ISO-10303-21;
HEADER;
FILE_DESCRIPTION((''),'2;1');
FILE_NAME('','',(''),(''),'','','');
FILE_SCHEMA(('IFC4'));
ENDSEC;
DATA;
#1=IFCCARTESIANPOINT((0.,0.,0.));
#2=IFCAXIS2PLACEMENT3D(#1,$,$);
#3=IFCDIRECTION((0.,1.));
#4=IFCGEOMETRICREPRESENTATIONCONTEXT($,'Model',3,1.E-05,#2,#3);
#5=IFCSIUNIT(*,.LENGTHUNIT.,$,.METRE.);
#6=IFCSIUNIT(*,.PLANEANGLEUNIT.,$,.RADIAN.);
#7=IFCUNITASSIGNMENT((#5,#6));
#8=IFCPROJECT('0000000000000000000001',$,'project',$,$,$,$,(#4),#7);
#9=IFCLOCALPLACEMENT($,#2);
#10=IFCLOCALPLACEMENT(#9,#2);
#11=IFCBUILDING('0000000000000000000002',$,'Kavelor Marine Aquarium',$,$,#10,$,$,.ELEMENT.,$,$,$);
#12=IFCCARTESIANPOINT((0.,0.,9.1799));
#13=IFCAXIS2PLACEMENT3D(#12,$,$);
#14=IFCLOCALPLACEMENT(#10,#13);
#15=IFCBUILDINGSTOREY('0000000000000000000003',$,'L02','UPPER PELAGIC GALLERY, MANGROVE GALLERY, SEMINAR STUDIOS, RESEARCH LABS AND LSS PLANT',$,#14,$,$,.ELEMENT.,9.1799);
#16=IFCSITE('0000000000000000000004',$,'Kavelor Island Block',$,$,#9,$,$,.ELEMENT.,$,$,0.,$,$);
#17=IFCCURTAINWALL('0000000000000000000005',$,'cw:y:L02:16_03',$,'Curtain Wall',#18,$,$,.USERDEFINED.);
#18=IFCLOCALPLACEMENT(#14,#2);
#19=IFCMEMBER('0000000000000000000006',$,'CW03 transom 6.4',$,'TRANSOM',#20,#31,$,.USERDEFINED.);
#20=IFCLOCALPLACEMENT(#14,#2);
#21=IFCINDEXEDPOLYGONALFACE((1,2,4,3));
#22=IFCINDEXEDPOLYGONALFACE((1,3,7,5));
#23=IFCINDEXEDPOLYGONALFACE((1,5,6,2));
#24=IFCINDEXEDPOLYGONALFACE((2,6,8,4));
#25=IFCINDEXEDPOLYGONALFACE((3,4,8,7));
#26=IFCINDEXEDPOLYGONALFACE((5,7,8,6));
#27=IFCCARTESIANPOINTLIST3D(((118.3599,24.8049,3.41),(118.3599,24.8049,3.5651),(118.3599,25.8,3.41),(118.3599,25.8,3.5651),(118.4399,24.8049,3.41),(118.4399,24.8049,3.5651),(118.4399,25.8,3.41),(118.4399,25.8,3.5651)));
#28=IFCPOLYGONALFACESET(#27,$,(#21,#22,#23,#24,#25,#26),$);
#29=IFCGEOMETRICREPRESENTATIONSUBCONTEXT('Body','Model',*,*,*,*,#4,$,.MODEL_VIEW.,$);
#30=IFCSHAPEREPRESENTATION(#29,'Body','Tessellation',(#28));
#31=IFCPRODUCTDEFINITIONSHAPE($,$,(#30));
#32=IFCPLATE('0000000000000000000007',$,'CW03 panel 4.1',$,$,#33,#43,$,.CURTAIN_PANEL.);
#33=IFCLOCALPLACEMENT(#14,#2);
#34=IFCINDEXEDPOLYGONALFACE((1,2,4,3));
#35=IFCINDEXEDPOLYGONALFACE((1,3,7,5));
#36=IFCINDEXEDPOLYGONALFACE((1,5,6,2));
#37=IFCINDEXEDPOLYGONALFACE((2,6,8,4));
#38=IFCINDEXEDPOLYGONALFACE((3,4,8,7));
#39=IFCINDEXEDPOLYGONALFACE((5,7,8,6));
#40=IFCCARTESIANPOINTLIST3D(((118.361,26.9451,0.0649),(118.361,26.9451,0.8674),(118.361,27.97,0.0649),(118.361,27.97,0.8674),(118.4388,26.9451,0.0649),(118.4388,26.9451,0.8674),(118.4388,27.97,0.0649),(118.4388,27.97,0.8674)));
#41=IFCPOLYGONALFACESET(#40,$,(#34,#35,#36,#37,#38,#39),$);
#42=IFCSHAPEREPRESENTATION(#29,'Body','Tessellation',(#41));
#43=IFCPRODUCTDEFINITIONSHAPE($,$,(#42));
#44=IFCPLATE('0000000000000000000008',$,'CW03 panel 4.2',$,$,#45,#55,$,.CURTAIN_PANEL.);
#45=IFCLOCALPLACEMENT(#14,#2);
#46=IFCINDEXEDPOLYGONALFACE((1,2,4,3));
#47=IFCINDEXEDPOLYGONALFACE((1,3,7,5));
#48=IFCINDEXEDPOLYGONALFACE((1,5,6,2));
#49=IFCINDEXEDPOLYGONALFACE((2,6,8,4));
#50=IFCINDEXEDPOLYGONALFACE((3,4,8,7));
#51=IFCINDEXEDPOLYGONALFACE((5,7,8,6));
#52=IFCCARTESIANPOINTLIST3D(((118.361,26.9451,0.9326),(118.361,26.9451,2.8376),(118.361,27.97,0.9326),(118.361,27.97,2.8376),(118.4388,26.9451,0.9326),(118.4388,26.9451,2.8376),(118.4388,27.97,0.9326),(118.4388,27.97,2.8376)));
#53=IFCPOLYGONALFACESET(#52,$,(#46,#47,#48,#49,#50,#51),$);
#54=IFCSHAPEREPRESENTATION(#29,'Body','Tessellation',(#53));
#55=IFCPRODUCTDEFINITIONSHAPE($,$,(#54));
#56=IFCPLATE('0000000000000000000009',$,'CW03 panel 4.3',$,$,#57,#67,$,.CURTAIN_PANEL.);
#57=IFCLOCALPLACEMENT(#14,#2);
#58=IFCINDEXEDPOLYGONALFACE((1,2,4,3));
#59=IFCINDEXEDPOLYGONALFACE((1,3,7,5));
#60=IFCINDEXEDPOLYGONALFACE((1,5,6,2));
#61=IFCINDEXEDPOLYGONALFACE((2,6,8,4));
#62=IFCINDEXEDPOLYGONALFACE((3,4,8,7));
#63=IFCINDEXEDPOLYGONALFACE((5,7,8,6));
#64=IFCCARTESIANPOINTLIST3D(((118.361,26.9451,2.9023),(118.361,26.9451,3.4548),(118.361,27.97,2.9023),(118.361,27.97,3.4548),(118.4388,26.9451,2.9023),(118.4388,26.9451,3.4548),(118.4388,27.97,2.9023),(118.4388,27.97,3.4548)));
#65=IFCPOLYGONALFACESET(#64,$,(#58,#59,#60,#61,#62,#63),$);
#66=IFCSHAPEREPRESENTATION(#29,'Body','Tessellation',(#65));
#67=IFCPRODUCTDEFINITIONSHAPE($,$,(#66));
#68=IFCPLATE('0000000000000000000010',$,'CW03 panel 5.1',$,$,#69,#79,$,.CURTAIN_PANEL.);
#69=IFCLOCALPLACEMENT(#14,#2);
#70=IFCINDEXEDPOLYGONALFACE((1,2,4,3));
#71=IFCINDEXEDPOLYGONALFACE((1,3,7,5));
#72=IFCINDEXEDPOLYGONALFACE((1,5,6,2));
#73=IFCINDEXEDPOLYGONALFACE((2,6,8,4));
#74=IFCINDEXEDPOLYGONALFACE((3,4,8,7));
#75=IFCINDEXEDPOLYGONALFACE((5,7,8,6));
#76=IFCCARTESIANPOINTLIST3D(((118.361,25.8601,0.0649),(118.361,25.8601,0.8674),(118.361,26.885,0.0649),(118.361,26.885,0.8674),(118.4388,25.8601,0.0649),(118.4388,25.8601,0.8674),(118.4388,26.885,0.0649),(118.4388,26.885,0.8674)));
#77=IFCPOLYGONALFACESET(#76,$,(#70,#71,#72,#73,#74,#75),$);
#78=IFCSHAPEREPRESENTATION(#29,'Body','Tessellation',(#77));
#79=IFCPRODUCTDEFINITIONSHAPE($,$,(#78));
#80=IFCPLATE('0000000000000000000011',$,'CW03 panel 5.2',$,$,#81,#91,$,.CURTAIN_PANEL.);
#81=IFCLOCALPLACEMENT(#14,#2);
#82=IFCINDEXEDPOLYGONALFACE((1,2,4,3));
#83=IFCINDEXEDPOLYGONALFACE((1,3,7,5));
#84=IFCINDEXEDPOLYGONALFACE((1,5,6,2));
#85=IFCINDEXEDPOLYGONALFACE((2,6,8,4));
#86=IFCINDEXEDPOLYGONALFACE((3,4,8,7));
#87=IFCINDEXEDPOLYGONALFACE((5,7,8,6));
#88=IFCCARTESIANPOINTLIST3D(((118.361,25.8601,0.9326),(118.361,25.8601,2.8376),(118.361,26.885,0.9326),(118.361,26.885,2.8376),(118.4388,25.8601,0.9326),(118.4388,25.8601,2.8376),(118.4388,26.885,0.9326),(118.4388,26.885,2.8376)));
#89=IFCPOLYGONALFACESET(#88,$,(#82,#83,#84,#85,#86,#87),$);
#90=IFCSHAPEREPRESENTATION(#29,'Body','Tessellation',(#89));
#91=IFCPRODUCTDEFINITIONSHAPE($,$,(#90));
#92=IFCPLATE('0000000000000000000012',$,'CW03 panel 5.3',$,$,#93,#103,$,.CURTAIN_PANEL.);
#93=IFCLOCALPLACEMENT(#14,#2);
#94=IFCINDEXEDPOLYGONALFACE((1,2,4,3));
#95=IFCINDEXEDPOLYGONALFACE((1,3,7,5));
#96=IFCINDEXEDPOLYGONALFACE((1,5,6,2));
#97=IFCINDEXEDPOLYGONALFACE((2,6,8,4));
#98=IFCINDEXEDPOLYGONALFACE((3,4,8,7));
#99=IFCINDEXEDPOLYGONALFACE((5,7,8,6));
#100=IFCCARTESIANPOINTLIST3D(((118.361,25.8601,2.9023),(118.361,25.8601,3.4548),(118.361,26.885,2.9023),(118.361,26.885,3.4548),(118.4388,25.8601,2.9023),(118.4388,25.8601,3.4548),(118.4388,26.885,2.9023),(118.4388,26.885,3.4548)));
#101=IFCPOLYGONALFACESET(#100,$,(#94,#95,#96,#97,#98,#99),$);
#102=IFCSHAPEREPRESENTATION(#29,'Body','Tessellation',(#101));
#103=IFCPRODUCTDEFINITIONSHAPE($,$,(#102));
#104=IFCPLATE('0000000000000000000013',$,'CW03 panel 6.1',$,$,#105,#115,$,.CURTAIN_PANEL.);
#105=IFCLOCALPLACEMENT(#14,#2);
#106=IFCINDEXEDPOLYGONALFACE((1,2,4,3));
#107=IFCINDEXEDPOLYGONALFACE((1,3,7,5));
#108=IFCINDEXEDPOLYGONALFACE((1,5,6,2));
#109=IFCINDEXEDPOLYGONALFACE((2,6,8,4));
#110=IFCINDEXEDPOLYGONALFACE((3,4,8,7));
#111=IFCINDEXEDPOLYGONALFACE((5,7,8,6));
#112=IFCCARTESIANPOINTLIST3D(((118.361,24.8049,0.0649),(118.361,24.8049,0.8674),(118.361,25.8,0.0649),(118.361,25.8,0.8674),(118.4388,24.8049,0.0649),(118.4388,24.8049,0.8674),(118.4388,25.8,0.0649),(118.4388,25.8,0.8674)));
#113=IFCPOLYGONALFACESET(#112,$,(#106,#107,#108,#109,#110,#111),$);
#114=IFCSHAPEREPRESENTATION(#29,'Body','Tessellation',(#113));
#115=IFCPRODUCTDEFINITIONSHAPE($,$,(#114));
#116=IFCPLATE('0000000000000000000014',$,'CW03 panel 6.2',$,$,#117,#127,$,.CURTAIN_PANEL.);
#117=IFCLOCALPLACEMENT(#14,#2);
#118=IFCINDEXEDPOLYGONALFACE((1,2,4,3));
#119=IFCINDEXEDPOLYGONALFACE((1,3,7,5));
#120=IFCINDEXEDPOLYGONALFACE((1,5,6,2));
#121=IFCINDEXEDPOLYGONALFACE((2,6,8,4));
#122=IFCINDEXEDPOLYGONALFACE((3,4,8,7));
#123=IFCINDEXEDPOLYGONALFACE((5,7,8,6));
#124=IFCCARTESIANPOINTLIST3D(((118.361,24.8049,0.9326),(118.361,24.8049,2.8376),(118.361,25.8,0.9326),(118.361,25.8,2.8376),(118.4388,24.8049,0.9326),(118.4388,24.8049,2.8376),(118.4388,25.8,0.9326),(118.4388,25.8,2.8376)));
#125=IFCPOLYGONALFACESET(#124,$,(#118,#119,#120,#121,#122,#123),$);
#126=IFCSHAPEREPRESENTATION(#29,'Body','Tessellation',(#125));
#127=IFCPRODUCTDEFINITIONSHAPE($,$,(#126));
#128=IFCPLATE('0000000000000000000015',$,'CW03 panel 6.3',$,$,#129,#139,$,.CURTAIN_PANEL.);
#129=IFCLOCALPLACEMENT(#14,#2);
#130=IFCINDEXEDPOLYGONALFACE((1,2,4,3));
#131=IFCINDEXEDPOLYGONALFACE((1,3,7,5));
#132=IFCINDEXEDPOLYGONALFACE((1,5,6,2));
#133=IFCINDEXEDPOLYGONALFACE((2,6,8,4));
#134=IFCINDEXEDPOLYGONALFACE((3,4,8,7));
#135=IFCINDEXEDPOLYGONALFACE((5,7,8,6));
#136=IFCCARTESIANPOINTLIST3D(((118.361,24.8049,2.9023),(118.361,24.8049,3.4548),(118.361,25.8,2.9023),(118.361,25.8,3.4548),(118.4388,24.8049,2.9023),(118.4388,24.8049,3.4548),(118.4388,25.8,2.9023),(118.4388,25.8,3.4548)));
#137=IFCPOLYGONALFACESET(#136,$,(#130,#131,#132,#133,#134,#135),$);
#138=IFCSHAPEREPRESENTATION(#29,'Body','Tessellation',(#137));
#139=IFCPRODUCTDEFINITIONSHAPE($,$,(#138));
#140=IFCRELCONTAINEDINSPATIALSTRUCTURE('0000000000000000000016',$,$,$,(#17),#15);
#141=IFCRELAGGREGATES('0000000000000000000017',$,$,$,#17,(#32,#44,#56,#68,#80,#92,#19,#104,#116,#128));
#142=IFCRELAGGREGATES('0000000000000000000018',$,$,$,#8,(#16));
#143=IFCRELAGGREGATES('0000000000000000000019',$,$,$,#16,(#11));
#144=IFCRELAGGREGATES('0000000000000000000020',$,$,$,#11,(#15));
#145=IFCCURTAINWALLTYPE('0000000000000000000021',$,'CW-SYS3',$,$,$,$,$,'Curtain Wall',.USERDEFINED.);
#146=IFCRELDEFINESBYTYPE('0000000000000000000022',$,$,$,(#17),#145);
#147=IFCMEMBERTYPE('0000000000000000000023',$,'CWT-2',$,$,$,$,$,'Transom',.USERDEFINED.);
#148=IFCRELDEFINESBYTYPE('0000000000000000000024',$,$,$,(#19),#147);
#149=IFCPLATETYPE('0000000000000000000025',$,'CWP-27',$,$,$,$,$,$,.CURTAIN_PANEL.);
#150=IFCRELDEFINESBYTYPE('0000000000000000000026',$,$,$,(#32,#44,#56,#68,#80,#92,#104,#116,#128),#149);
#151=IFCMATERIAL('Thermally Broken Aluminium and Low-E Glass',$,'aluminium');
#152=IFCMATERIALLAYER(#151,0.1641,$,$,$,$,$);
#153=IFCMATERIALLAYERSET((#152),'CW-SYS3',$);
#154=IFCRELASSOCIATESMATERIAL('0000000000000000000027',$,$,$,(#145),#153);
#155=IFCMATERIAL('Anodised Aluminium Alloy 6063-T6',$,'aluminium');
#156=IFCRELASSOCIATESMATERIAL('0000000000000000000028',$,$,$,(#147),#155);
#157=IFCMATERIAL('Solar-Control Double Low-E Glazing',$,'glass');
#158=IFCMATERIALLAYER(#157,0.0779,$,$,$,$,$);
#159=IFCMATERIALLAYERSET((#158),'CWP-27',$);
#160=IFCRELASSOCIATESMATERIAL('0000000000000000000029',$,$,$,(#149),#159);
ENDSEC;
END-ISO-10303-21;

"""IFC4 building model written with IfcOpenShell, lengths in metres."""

from ifc_helpers import new_model, si_unit, direction, frame, origin, origin_2d, place, context, subcontext, project, spatial, rectangle, extrude, material, layer, layer_set, material_profile, profile_set, type_object, element, aggregate, save


model = new_model("IFC4")

# Units and contexts
model_context = context("Model", 3, precision=1e-05, world=origin(), true_north=direction((0.0, 1.0)))
body_context = subcontext(model_context, "Body", "Model", "MODEL_VIEW")
ifc_project = project(units=[si_unit("LENGTHUNIT", "METRE"), si_unit("PLANEANGLEUNIT", "RADIAN")], contexts=[model_context])

# Site, building, storey
site_placement = place(None, origin())
site = spatial("IfcSite", under=ifc_project, at=site_placement, Name="Kavelor Island Block", CompositionType="ELEMENT", RefElevation=0.0)
building_placement = place(site_placement, origin())
building = spatial("IfcBuilding", under=site, at=building_placement, Name="Kavelor Marine Aquarium", CompositionType="ELEMENT")
storey_placement = place(building_placement, frame((0.0, 0.0, 9.1799)))
storey = spatial("IfcBuildingStorey", under=building, at=storey_placement, Name="L02", Description="UPPER PELAGIC GALLERY, MANGROVE GALLERY, SEMINAR STUDIOS, RESEARCH LABS AND LSS PLANT", CompositionType="ELEMENT", Elevation=9.1799)

# Curtain wall, member, plates
ifc_material_1 = material(Name="Thermally Broken Aluminium and Low-E Glass", Category="aluminium")
ifc_layer_1 = layer(ifc_material_1, 0.1641)
ifc_layer_set_1 = layer_set([ifc_layer_1], Name="CW-SYS3")
curtain_wall_type = type_object("IfcCurtainWallType", Name="CW-SYS3", ElementType="Curtain Wall", PredefinedType="USERDEFINED", material=ifc_layer_set_1)
curtain_wall_placement = place(storey_placement, origin())
curtain_wall = element("IfcCurtainWall", 1, at=curtain_wall_placement, inside=storey, type_object=curtain_wall_type, Name="cw:y:L02:16_03", ObjectType="Curtain Wall", PredefinedType="USERDEFINED")
ifc_material_2 = material(Name="Anodised Aluminium Alloy 6063-T6", Category="aluminium")
ifc_material_profile_1 = material_profile(ifc_material_2, rectangle(XDim=0.0801, YDim=0.155, at=origin_2d()), Name="CW-TRN 80x155")
ifc_profile_set_1 = profile_set([ifc_material_profile_1], Name="Anodised Aluminium Alloy 6063-T6")
member_type_1 = type_object("IfcMemberType", Name="CWT-2", ElementType="Transom", PredefinedType="USERDEFINED", material=ifc_profile_set_1)
member_1_placement = place(storey_placement, frame((118.3999, 25.8, 3.4875), z_axis=(0.0, -1.0, 0.0), x_axis=(1.0, 0.0, 0.0)))
member_1 = element("IfcMember", 2, at=member_1_placement, type_object=member_type_1, Name="CW03 transom 6.4", ObjectType="TRANSOM", PredefinedType="USERDEFINED", context=body_context, shape_type="SweptSolid", body=[
    extrude(rectangle(XDim=0.0801, YDim=0.155, at=origin_2d()), origin(), (0.0, 0.0, 1.0), 0.9951),
])
ifc_material_3 = material(Name="Solar-Control Double Low-E Glazing", Category="glass")
ifc_layer_2 = layer(ifc_material_3, 0.0779)
ifc_layer_set_2 = layer_set([ifc_layer_2], Name="CWP-27")
plate_type = type_object("IfcPlateType", Name="CWP-27", PredefinedType="CURTAIN_PANEL", material=ifc_layer_set_2)
plate_1_placement = place(storey_placement, frame((118.3999, 27.4575, 0.0649), z_axis=(0.0, 0.0, 1.0), x_axis=(0.0, -1.0, 0.0)))
plate_1 = element("IfcPlate", 3, at=plate_1_placement, type_object=plate_type, Name="CW03 panel 4.1", PredefinedType="CURTAIN_PANEL", context=body_context, shape_type="SweptSolid", body=[
    extrude(rectangle(XDim=1.0249, YDim=0.0779, at=origin_2d()), origin(), (0.0, 0.0, 1.0), 0.8025),
])
plate_2_placement = place(storey_placement, frame((118.3999, 27.4575, 0.9326), z_axis=(0.0, 0.0, 1.0), x_axis=(0.0, -1.0, 0.0)))
plate_2 = element("IfcPlate", 4, at=plate_2_placement, type_object=plate_type, Name="CW03 panel 4.2", PredefinedType="CURTAIN_PANEL", context=body_context, shape_type="SweptSolid", body=[
    extrude(rectangle(XDim=1.0249, YDim=0.0779, at=origin_2d()), origin(), (0.0, 0.0, 1.0), 1.905),
])
plate_3_placement = place(storey_placement, frame((118.3999, 27.4575, 2.9023), z_axis=(0.0, 0.0, 1.0), x_axis=(0.0, -1.0, 0.0)))
plate_3 = element("IfcPlate", 5, at=plate_3_placement, type_object=plate_type, Name="CW03 panel 4.3", PredefinedType="CURTAIN_PANEL", context=body_context, shape_type="SweptSolid", body=[
    extrude(rectangle(XDim=1.0249, YDim=0.0779, at=origin_2d()), origin(), (0.0, 0.0, 1.0), 0.5525),
])
plate_4_placement = place(storey_placement, frame((118.3999, 26.3726, 0.0649), z_axis=(0.0, 0.0, 1.0), x_axis=(0.0, -1.0, 0.0)))
plate_4 = element("IfcPlate", 6, at=plate_4_placement, type_object=plate_type, Name="CW03 panel 5.1", PredefinedType="CURTAIN_PANEL", context=body_context, shape_type="SweptSolid", body=[
    extrude(rectangle(XDim=1.0249, YDim=0.0779, at=origin_2d()), origin(), (0.0, 0.0, 1.0), 0.8025),
])
plate_5_placement = place(storey_placement, frame((118.3999, 26.3726, 0.9326), z_axis=(0.0, 0.0, 1.0), x_axis=(0.0, -1.0, 0.0)))
plate_5 = element("IfcPlate", 7, at=plate_5_placement, type_object=plate_type, Name="CW03 panel 5.2", PredefinedType="CURTAIN_PANEL", context=body_context, shape_type="SweptSolid", body=[
    extrude(rectangle(XDim=1.0249, YDim=0.0779, at=origin_2d()), origin(), (0.0, 0.0, 1.0), 1.905),
])
plate_6_placement = place(storey_placement, frame((118.3999, 26.3726, 2.9023), z_axis=(0.0, 0.0, 1.0), x_axis=(0.0, -1.0, 0.0)))
plate_6 = element("IfcPlate", 8, at=plate_6_placement, type_object=plate_type, Name="CW03 panel 5.3", PredefinedType="CURTAIN_PANEL", context=body_context, shape_type="SweptSolid", body=[
    extrude(rectangle(XDim=1.0249, YDim=0.0779, at=origin_2d()), origin(), (0.0, 0.0, 1.0), 0.5525),
])
plate_7_placement = place(storey_placement, frame((118.3999, 25.3025, 0.0649), z_axis=(0.0, 0.0, 1.0), x_axis=(0.0, -1.0, 0.0)))
plate_7 = element("IfcPlate", 9, at=plate_7_placement, type_object=plate_type, Name="CW03 panel 6.1", PredefinedType="CURTAIN_PANEL", context=body_context, shape_type="SweptSolid", body=[
    extrude(rectangle(XDim=0.9951, YDim=0.0779, at=origin_2d()), origin(), (0.0, 0.0, 1.0), 0.8025),
])
plate_8_placement = place(storey_placement, frame((118.3999, 25.3025, 0.9326), z_axis=(0.0, 0.0, 1.0), x_axis=(0.0, -1.0, 0.0)))
plate_8 = element("IfcPlate", 10, at=plate_8_placement, type_object=plate_type, Name="CW03 panel 6.2", PredefinedType="CURTAIN_PANEL", context=body_context, shape_type="SweptSolid", body=[
    extrude(rectangle(XDim=0.9951, YDim=0.0779, at=origin_2d()), origin(), (0.0, 0.0, 1.0), 1.905),
])
plate_9_placement = place(storey_placement, frame((118.3999, 25.3025, 2.9023), z_axis=(0.0, 0.0, 1.0), x_axis=(0.0, -1.0, 0.0)))
plate_9 = element("IfcPlate", 11, at=plate_9_placement, type_object=plate_type, Name="CW03 panel 6.3", PredefinedType="CURTAIN_PANEL", context=body_context, shape_type="SweptSolid", body=[
    extrude(rectangle(XDim=0.9951, YDim=0.0779, at=origin_2d()), origin(), (0.0, 0.0, 1.0), 0.5525),
])
aggregate(curtain_wall, [plate_1, plate_2, plate_3, plate_4, plate_5, plate_6, member_1, plate_7, plate_8, plate_9])

save(model, "model.ifc")
